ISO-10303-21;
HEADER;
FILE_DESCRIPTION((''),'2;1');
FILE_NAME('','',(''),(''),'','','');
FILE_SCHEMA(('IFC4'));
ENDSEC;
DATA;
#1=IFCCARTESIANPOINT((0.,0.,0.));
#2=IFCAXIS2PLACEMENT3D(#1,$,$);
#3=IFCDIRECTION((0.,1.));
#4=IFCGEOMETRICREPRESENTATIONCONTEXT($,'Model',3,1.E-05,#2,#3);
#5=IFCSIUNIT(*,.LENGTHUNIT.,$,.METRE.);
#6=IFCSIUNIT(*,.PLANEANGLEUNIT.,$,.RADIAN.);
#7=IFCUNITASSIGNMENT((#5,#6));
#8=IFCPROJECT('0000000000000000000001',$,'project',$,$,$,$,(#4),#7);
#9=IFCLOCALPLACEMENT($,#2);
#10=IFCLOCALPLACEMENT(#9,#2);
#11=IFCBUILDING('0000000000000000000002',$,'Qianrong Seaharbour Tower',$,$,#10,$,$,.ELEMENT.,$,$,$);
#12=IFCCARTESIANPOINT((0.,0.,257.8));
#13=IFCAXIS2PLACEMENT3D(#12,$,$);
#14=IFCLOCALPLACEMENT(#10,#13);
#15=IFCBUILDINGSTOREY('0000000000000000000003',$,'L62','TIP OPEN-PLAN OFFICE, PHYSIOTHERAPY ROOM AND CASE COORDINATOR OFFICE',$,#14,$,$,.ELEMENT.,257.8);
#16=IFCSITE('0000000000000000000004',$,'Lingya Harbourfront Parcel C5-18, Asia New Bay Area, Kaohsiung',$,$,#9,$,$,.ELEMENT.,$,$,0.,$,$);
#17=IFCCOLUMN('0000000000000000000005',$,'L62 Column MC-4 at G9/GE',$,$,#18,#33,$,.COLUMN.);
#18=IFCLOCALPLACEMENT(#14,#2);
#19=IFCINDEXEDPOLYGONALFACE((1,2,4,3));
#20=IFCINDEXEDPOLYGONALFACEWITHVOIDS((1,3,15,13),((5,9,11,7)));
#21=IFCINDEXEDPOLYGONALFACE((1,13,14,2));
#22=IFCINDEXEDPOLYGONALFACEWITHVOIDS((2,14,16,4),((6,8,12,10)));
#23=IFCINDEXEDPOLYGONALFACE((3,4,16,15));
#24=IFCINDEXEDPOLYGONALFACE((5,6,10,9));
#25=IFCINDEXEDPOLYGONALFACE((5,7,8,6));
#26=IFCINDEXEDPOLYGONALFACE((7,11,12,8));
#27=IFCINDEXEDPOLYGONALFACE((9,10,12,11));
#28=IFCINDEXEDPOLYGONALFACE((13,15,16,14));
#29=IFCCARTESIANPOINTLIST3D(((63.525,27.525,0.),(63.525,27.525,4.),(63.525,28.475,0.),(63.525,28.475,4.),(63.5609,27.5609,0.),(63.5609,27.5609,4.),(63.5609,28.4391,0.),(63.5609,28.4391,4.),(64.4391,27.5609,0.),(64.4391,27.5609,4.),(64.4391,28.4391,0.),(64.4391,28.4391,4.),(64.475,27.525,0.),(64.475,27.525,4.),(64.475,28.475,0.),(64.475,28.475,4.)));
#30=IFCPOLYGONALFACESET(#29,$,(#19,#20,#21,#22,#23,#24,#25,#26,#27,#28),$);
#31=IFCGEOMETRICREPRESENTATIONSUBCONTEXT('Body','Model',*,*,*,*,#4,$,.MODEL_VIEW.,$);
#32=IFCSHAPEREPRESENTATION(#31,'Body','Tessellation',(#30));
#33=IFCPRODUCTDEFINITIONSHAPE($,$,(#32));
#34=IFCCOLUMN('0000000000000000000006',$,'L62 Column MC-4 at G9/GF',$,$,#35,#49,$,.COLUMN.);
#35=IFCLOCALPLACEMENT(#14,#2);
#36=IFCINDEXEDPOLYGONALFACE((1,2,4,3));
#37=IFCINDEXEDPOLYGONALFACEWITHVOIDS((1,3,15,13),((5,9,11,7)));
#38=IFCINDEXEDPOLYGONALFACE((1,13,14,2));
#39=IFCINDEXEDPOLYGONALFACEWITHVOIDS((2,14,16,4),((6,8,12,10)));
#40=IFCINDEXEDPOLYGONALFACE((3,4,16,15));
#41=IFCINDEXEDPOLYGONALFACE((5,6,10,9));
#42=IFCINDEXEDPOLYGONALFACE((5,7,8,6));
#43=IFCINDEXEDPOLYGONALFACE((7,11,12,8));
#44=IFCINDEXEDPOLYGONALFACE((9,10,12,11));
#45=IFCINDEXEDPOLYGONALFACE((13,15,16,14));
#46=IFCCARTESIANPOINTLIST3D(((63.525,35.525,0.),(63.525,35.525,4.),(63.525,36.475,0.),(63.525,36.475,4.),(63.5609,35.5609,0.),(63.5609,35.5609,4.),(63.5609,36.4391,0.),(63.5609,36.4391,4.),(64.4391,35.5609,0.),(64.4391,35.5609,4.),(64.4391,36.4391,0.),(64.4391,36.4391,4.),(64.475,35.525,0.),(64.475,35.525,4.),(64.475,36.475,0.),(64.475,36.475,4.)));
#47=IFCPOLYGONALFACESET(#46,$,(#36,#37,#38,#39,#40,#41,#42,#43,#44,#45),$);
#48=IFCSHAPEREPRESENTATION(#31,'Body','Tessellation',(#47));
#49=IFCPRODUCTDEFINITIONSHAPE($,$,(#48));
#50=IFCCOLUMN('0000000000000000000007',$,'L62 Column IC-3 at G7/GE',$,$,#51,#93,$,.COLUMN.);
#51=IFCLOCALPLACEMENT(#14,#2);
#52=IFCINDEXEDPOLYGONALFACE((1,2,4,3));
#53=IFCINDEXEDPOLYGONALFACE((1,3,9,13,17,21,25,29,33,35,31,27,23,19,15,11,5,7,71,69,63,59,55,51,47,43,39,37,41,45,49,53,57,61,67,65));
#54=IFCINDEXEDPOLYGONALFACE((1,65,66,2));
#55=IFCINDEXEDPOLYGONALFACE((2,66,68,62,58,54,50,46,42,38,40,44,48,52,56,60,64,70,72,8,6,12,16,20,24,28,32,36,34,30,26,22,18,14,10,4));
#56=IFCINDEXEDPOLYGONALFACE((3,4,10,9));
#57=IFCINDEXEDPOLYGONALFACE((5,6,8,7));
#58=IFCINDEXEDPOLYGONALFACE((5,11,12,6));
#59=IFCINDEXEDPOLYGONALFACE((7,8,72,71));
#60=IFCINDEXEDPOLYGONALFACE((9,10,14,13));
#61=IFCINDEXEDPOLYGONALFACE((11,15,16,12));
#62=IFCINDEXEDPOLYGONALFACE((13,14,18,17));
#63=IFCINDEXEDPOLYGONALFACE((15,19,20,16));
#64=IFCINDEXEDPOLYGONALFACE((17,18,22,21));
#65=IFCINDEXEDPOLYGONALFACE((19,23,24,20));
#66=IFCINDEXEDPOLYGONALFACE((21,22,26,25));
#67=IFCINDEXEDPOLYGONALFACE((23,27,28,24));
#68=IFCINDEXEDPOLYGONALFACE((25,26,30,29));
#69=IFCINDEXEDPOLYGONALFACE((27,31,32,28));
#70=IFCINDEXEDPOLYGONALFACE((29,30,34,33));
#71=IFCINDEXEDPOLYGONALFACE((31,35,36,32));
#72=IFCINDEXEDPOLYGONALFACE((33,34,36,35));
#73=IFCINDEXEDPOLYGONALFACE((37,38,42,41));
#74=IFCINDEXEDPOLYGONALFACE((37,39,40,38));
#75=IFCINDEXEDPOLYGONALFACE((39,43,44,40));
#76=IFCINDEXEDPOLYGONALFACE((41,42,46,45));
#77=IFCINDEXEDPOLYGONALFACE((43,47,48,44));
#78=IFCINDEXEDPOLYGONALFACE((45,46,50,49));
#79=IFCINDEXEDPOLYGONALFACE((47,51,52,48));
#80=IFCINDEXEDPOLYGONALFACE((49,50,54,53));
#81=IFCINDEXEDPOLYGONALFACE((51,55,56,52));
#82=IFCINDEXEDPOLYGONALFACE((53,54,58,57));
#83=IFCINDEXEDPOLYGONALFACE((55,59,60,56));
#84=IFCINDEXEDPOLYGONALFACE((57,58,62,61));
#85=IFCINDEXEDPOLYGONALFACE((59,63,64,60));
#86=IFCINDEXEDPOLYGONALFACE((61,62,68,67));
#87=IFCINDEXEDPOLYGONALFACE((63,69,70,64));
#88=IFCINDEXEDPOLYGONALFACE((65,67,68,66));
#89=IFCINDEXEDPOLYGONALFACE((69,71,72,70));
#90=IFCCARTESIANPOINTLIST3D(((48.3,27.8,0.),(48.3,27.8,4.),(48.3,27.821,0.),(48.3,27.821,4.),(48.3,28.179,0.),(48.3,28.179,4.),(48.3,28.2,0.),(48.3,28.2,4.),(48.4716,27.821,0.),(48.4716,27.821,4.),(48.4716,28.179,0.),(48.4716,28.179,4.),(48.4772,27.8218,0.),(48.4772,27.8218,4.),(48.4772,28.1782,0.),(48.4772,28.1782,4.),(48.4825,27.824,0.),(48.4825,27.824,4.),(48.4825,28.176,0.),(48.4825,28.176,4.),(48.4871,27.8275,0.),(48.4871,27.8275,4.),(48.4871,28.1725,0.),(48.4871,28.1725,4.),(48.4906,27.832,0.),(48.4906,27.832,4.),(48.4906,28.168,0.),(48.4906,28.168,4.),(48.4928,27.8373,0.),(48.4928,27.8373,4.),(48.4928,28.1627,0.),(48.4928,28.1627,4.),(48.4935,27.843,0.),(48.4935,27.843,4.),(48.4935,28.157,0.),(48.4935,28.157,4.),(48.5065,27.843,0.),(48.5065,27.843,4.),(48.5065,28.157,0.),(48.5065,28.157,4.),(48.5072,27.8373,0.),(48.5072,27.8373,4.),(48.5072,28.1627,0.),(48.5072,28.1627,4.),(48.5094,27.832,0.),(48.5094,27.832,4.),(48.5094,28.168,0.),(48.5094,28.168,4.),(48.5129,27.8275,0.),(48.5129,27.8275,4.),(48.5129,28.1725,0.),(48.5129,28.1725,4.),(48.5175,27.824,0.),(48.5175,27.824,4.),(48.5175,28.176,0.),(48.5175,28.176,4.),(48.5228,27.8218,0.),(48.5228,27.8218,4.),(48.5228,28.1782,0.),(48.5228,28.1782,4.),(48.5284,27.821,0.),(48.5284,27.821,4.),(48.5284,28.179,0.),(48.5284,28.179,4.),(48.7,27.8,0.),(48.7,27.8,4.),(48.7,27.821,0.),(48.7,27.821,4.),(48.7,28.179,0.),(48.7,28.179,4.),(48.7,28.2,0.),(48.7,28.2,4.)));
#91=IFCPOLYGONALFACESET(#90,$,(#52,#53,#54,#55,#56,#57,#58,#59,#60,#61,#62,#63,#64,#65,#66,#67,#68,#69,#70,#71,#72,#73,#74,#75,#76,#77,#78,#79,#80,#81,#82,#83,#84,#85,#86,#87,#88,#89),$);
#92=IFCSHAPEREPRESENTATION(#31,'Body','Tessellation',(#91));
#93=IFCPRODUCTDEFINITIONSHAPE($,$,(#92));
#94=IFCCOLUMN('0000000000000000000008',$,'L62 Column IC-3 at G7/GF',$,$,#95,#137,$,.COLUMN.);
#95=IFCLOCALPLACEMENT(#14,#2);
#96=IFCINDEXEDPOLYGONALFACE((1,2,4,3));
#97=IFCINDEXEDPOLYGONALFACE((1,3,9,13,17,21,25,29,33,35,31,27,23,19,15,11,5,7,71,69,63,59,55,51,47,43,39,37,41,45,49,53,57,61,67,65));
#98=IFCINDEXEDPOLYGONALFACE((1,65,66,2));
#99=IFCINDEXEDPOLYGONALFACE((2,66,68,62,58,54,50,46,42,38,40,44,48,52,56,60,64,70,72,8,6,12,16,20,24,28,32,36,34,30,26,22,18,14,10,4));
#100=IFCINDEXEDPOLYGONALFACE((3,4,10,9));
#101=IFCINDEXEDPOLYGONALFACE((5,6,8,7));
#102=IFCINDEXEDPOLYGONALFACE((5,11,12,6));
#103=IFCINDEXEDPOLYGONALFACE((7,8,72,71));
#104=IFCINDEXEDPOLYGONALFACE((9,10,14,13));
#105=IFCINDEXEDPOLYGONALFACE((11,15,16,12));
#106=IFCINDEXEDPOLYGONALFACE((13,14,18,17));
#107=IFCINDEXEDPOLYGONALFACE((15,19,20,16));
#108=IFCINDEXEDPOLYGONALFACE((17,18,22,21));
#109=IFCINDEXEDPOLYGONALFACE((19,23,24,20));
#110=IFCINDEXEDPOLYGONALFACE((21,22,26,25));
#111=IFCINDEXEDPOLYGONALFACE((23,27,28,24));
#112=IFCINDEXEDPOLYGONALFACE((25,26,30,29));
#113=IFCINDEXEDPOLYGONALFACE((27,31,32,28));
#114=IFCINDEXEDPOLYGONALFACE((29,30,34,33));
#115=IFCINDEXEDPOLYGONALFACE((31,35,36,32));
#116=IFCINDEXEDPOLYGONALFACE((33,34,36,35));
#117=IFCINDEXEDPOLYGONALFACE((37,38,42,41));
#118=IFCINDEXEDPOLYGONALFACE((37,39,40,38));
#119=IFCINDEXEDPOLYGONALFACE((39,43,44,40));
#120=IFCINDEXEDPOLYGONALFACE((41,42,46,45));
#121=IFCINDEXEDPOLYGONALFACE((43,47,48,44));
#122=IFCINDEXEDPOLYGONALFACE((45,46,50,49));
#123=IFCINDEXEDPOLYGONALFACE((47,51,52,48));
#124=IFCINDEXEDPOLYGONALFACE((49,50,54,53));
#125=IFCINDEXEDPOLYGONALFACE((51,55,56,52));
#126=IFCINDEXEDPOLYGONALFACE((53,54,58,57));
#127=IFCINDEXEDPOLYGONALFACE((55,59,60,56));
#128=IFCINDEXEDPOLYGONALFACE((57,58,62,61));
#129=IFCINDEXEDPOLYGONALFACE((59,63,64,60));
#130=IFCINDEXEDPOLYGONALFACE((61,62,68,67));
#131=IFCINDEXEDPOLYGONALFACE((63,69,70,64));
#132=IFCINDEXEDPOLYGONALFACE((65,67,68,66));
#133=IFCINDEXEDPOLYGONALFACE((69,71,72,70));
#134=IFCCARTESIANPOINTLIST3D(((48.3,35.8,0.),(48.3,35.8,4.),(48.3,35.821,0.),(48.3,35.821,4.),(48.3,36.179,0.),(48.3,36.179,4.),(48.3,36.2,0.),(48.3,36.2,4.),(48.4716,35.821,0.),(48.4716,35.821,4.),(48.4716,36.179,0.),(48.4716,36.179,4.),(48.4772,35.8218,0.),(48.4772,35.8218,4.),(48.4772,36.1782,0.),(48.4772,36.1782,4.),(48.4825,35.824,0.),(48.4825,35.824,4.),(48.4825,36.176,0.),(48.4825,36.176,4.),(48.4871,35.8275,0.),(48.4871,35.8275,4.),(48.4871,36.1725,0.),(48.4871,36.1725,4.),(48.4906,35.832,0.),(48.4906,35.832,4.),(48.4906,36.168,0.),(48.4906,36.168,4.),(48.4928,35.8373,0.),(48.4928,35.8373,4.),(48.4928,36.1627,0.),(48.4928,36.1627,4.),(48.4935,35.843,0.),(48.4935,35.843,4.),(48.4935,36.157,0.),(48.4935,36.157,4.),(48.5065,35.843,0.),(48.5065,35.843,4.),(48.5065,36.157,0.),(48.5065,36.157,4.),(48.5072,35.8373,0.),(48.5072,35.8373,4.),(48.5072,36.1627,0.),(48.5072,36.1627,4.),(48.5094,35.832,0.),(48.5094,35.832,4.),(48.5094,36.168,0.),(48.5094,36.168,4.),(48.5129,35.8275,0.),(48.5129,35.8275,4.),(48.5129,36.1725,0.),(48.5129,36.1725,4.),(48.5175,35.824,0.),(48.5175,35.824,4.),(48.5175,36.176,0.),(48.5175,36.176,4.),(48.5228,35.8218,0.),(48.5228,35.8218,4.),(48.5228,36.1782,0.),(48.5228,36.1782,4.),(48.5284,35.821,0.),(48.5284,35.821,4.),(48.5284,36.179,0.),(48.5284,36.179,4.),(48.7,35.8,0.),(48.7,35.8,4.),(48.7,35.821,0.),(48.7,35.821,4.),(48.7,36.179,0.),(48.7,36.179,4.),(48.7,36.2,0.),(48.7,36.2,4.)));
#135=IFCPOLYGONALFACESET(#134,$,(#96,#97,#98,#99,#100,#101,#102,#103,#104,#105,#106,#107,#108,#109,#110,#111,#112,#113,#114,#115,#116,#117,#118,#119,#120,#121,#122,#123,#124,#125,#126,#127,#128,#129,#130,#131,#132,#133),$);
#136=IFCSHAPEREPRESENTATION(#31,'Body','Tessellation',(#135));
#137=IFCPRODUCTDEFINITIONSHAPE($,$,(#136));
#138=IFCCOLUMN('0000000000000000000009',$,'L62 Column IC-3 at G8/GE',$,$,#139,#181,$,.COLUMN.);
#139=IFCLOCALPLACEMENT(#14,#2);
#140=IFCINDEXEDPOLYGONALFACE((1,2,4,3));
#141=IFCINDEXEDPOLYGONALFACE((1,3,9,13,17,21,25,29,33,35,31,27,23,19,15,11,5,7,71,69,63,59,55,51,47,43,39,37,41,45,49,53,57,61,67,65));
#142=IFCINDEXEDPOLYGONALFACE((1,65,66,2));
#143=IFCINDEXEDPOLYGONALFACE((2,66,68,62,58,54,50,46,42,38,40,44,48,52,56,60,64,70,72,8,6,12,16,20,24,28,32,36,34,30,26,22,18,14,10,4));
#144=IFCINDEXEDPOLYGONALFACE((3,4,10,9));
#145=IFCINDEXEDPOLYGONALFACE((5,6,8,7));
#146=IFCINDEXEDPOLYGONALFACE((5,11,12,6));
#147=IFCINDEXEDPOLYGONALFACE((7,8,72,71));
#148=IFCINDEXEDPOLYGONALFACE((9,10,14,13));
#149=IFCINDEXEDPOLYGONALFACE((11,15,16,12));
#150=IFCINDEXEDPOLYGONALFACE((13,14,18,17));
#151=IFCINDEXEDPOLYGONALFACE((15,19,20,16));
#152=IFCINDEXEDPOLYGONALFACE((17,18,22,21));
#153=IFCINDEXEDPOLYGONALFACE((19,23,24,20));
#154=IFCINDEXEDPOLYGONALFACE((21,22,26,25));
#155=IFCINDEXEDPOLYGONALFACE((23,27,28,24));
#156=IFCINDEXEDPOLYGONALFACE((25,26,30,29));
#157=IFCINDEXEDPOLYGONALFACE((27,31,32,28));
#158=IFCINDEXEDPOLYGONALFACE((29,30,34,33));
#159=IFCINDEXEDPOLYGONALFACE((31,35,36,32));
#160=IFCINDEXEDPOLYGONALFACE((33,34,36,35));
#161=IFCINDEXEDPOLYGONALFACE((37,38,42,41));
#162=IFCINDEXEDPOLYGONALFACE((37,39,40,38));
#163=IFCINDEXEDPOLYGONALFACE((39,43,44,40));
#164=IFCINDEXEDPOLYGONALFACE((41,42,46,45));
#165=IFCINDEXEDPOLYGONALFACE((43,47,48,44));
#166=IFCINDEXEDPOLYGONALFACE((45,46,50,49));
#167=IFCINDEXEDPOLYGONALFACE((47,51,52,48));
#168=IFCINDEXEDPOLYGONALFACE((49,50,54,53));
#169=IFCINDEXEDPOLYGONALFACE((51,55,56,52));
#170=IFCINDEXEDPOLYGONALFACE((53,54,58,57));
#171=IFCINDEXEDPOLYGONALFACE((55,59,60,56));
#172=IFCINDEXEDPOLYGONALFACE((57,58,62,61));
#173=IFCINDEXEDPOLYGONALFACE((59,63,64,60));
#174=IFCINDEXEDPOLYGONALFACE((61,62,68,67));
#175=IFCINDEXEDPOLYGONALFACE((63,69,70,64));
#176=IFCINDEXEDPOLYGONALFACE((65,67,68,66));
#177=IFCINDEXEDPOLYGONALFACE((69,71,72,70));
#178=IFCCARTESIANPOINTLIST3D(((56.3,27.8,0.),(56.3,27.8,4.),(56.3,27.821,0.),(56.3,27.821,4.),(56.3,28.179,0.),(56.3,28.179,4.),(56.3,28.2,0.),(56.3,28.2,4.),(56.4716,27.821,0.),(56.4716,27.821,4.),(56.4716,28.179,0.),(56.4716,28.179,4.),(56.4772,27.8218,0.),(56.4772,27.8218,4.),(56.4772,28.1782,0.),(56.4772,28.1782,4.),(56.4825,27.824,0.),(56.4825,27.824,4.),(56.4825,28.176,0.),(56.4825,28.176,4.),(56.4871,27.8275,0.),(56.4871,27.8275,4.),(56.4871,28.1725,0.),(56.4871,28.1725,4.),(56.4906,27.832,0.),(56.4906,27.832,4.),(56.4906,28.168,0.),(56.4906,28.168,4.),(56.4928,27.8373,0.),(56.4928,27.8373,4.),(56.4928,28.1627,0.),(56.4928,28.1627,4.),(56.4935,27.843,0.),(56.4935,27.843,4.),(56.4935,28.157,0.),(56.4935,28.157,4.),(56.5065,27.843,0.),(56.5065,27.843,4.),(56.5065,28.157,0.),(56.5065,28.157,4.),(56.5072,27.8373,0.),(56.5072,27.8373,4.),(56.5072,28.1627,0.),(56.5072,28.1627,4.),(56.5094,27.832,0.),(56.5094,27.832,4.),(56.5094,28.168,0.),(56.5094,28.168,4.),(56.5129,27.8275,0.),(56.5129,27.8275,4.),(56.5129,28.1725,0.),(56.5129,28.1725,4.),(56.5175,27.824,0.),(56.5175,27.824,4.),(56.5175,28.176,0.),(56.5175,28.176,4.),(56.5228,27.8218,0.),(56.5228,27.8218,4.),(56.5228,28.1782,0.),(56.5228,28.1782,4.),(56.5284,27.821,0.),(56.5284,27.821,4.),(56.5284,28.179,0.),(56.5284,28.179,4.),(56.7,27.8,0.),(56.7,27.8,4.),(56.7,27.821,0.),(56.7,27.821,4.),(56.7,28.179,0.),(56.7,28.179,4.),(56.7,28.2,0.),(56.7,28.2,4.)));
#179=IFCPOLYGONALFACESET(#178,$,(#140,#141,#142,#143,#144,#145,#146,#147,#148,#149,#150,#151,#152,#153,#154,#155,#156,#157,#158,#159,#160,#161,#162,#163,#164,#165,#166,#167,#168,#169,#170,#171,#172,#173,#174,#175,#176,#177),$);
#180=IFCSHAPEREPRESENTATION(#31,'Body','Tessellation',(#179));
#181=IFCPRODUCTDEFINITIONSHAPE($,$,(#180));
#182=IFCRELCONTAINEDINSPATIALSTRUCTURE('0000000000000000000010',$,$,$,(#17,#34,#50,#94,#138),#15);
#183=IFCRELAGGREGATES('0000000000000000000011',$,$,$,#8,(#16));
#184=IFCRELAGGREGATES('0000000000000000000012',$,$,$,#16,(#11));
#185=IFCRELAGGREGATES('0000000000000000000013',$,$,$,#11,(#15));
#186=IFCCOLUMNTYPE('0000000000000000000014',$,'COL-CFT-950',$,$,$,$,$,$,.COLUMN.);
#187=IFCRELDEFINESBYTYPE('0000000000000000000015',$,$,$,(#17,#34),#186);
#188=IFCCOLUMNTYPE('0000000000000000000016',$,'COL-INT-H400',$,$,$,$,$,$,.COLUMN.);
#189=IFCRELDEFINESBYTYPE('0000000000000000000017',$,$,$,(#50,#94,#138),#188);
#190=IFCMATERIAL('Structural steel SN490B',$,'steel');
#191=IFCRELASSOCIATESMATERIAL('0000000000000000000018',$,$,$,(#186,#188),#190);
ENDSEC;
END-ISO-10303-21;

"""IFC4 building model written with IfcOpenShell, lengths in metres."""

from ifc_helpers import new_model, si_unit, direction, frame, origin, origin_2d, place, context, subcontext, project, spatial, hollow_rectangle, i_section, extrude, material, material_profile, profile_set, type_object, element, save


model = new_model("IFC4")

# Units and contexts
model_context = context("Model", 3, precision=1e-05, world=origin(), true_north=direction((0.0, 1.0)))
body_context = subcontext(model_context, "Body", "Model", "MODEL_VIEW")
ifc_project = project(units=[si_unit("LENGTHUNIT", "METRE"), si_unit("PLANEANGLEUNIT", "RADIAN")], contexts=[model_context])

# Site, building, storey
site_placement = place(None, origin())
site = spatial("IfcSite", under=ifc_project, at=site_placement, Name="Lingya Harbourfront Parcel C5-18, Asia New Bay Area, Kaohsiung", CompositionType="ELEMENT", RefElevation=0.0)
building_placement = place(site_placement, origin())
building = spatial("IfcBuilding", under=site, at=building_placement, Name="Qianrong Seaharbour Tower", CompositionType="ELEMENT")
storey_placement = place(building_placement, frame((0.0, 0.0, 257.8)))
storey = spatial("IfcBuildingStorey", under=building, at=storey_placement, Name="L62", Description="TIP OPEN-PLAN OFFICE, PHYSIOTHERAPY ROOM AND CASE COORDINATOR OFFICE", CompositionType="ELEMENT", Elevation=257.8)

# Columns
ifc_material_1 = material(Name="Structural steel SN490B", Category="steel")
ifc_material_profile_1 = material_profile(ifc_material_1, hollow_rectangle(XDim=0.95, YDim=0.95, WallThickness=0.0359, at=origin_2d()), Name="BOX950x950x36")
ifc_profile_set_1 = profile_set([ifc_material_profile_1], Name="Structural steel SN490B")
column_type_1 = type_object("IfcColumnType", Name="COL-CFT-950", PredefinedType="COLUMN", material=ifc_profile_set_1)
for number, where, z_axis, x_axis, name in (
    (1, (64.0, 28.0, 0.0), (0.0, 0.0, 1.0), (1.0, 0.0, 0.0), "L62 Column MC-4 at G9/GE"),
    (2, (64.0, 36.0, 0.0), (0.0, 0.0, 1.0), (1.0, 0.0, 0.0), "L62 Column MC-4 at G9/GF"),
):
    element("IfcColumn", number, at=place(storey_placement, frame(where, z_axis=z_axis, x_axis=x_axis)), inside=storey, type_object=column_type_1, Name=name, PredefinedType="COLUMN", context=body_context, shape_type="SweptSolid", body=[
        extrude(hollow_rectangle(XDim=0.95, YDim=0.95, WallThickness=0.0359, at=origin_2d()), origin(), (0.0, 0.0, 1.0), 4.0),
    ])
ifc_material_profile_2 = material_profile(ifc_material_1, i_section(OverallWidth=0.3999, OverallDepth=0.3999, WebThickness=0.0129, FlangeThickness=0.021, FilletRadius=0.022, at=origin_2d()), Name="H400x400x13x21")
ifc_profile_set_2 = profile_set([ifc_material_profile_2], Name="Structural steel SN490B")
column_type_2 = type_object("IfcColumnType", Name="COL-INT-H400", PredefinedType="COLUMN", material=ifc_profile_set_2)
for number, where, z_axis, x_axis, name in (
    (3, (48.5, 28.0, 0.0), (0.0, 0.0, 1.0), (1.0, 0.0, 0.0), "L62 Column IC-3 at G7/GE"),
    (4, (48.5, 36.0, 0.0), (0.0, 0.0, 1.0), (1.0, 0.0, 0.0), "L62 Column IC-3 at G7/GF"),
    (5, (56.5, 28.0, 0.0), (0.0, 0.0, 1.0), (1.0, 0.0, 0.0), "L62 Column IC-3 at G8/GE"),
):
    element("IfcColumn", number, at=place(storey_placement, frame(where, z_axis=z_axis, x_axis=x_axis)), inside=storey, type_object=column_type_2, Name=name, PredefinedType="COLUMN", context=body_context, shape_type="SweptSolid", body=[
        extrude(i_section(OverallWidth=0.3999, OverallDepth=0.3999, WebThickness=0.0129, FlangeThickness=0.021, FilletRadius=0.022, at=origin_2d()), origin(), (0.0, 0.0, 1.0), 4.0),
    ])

save(model, "model.ifc")
